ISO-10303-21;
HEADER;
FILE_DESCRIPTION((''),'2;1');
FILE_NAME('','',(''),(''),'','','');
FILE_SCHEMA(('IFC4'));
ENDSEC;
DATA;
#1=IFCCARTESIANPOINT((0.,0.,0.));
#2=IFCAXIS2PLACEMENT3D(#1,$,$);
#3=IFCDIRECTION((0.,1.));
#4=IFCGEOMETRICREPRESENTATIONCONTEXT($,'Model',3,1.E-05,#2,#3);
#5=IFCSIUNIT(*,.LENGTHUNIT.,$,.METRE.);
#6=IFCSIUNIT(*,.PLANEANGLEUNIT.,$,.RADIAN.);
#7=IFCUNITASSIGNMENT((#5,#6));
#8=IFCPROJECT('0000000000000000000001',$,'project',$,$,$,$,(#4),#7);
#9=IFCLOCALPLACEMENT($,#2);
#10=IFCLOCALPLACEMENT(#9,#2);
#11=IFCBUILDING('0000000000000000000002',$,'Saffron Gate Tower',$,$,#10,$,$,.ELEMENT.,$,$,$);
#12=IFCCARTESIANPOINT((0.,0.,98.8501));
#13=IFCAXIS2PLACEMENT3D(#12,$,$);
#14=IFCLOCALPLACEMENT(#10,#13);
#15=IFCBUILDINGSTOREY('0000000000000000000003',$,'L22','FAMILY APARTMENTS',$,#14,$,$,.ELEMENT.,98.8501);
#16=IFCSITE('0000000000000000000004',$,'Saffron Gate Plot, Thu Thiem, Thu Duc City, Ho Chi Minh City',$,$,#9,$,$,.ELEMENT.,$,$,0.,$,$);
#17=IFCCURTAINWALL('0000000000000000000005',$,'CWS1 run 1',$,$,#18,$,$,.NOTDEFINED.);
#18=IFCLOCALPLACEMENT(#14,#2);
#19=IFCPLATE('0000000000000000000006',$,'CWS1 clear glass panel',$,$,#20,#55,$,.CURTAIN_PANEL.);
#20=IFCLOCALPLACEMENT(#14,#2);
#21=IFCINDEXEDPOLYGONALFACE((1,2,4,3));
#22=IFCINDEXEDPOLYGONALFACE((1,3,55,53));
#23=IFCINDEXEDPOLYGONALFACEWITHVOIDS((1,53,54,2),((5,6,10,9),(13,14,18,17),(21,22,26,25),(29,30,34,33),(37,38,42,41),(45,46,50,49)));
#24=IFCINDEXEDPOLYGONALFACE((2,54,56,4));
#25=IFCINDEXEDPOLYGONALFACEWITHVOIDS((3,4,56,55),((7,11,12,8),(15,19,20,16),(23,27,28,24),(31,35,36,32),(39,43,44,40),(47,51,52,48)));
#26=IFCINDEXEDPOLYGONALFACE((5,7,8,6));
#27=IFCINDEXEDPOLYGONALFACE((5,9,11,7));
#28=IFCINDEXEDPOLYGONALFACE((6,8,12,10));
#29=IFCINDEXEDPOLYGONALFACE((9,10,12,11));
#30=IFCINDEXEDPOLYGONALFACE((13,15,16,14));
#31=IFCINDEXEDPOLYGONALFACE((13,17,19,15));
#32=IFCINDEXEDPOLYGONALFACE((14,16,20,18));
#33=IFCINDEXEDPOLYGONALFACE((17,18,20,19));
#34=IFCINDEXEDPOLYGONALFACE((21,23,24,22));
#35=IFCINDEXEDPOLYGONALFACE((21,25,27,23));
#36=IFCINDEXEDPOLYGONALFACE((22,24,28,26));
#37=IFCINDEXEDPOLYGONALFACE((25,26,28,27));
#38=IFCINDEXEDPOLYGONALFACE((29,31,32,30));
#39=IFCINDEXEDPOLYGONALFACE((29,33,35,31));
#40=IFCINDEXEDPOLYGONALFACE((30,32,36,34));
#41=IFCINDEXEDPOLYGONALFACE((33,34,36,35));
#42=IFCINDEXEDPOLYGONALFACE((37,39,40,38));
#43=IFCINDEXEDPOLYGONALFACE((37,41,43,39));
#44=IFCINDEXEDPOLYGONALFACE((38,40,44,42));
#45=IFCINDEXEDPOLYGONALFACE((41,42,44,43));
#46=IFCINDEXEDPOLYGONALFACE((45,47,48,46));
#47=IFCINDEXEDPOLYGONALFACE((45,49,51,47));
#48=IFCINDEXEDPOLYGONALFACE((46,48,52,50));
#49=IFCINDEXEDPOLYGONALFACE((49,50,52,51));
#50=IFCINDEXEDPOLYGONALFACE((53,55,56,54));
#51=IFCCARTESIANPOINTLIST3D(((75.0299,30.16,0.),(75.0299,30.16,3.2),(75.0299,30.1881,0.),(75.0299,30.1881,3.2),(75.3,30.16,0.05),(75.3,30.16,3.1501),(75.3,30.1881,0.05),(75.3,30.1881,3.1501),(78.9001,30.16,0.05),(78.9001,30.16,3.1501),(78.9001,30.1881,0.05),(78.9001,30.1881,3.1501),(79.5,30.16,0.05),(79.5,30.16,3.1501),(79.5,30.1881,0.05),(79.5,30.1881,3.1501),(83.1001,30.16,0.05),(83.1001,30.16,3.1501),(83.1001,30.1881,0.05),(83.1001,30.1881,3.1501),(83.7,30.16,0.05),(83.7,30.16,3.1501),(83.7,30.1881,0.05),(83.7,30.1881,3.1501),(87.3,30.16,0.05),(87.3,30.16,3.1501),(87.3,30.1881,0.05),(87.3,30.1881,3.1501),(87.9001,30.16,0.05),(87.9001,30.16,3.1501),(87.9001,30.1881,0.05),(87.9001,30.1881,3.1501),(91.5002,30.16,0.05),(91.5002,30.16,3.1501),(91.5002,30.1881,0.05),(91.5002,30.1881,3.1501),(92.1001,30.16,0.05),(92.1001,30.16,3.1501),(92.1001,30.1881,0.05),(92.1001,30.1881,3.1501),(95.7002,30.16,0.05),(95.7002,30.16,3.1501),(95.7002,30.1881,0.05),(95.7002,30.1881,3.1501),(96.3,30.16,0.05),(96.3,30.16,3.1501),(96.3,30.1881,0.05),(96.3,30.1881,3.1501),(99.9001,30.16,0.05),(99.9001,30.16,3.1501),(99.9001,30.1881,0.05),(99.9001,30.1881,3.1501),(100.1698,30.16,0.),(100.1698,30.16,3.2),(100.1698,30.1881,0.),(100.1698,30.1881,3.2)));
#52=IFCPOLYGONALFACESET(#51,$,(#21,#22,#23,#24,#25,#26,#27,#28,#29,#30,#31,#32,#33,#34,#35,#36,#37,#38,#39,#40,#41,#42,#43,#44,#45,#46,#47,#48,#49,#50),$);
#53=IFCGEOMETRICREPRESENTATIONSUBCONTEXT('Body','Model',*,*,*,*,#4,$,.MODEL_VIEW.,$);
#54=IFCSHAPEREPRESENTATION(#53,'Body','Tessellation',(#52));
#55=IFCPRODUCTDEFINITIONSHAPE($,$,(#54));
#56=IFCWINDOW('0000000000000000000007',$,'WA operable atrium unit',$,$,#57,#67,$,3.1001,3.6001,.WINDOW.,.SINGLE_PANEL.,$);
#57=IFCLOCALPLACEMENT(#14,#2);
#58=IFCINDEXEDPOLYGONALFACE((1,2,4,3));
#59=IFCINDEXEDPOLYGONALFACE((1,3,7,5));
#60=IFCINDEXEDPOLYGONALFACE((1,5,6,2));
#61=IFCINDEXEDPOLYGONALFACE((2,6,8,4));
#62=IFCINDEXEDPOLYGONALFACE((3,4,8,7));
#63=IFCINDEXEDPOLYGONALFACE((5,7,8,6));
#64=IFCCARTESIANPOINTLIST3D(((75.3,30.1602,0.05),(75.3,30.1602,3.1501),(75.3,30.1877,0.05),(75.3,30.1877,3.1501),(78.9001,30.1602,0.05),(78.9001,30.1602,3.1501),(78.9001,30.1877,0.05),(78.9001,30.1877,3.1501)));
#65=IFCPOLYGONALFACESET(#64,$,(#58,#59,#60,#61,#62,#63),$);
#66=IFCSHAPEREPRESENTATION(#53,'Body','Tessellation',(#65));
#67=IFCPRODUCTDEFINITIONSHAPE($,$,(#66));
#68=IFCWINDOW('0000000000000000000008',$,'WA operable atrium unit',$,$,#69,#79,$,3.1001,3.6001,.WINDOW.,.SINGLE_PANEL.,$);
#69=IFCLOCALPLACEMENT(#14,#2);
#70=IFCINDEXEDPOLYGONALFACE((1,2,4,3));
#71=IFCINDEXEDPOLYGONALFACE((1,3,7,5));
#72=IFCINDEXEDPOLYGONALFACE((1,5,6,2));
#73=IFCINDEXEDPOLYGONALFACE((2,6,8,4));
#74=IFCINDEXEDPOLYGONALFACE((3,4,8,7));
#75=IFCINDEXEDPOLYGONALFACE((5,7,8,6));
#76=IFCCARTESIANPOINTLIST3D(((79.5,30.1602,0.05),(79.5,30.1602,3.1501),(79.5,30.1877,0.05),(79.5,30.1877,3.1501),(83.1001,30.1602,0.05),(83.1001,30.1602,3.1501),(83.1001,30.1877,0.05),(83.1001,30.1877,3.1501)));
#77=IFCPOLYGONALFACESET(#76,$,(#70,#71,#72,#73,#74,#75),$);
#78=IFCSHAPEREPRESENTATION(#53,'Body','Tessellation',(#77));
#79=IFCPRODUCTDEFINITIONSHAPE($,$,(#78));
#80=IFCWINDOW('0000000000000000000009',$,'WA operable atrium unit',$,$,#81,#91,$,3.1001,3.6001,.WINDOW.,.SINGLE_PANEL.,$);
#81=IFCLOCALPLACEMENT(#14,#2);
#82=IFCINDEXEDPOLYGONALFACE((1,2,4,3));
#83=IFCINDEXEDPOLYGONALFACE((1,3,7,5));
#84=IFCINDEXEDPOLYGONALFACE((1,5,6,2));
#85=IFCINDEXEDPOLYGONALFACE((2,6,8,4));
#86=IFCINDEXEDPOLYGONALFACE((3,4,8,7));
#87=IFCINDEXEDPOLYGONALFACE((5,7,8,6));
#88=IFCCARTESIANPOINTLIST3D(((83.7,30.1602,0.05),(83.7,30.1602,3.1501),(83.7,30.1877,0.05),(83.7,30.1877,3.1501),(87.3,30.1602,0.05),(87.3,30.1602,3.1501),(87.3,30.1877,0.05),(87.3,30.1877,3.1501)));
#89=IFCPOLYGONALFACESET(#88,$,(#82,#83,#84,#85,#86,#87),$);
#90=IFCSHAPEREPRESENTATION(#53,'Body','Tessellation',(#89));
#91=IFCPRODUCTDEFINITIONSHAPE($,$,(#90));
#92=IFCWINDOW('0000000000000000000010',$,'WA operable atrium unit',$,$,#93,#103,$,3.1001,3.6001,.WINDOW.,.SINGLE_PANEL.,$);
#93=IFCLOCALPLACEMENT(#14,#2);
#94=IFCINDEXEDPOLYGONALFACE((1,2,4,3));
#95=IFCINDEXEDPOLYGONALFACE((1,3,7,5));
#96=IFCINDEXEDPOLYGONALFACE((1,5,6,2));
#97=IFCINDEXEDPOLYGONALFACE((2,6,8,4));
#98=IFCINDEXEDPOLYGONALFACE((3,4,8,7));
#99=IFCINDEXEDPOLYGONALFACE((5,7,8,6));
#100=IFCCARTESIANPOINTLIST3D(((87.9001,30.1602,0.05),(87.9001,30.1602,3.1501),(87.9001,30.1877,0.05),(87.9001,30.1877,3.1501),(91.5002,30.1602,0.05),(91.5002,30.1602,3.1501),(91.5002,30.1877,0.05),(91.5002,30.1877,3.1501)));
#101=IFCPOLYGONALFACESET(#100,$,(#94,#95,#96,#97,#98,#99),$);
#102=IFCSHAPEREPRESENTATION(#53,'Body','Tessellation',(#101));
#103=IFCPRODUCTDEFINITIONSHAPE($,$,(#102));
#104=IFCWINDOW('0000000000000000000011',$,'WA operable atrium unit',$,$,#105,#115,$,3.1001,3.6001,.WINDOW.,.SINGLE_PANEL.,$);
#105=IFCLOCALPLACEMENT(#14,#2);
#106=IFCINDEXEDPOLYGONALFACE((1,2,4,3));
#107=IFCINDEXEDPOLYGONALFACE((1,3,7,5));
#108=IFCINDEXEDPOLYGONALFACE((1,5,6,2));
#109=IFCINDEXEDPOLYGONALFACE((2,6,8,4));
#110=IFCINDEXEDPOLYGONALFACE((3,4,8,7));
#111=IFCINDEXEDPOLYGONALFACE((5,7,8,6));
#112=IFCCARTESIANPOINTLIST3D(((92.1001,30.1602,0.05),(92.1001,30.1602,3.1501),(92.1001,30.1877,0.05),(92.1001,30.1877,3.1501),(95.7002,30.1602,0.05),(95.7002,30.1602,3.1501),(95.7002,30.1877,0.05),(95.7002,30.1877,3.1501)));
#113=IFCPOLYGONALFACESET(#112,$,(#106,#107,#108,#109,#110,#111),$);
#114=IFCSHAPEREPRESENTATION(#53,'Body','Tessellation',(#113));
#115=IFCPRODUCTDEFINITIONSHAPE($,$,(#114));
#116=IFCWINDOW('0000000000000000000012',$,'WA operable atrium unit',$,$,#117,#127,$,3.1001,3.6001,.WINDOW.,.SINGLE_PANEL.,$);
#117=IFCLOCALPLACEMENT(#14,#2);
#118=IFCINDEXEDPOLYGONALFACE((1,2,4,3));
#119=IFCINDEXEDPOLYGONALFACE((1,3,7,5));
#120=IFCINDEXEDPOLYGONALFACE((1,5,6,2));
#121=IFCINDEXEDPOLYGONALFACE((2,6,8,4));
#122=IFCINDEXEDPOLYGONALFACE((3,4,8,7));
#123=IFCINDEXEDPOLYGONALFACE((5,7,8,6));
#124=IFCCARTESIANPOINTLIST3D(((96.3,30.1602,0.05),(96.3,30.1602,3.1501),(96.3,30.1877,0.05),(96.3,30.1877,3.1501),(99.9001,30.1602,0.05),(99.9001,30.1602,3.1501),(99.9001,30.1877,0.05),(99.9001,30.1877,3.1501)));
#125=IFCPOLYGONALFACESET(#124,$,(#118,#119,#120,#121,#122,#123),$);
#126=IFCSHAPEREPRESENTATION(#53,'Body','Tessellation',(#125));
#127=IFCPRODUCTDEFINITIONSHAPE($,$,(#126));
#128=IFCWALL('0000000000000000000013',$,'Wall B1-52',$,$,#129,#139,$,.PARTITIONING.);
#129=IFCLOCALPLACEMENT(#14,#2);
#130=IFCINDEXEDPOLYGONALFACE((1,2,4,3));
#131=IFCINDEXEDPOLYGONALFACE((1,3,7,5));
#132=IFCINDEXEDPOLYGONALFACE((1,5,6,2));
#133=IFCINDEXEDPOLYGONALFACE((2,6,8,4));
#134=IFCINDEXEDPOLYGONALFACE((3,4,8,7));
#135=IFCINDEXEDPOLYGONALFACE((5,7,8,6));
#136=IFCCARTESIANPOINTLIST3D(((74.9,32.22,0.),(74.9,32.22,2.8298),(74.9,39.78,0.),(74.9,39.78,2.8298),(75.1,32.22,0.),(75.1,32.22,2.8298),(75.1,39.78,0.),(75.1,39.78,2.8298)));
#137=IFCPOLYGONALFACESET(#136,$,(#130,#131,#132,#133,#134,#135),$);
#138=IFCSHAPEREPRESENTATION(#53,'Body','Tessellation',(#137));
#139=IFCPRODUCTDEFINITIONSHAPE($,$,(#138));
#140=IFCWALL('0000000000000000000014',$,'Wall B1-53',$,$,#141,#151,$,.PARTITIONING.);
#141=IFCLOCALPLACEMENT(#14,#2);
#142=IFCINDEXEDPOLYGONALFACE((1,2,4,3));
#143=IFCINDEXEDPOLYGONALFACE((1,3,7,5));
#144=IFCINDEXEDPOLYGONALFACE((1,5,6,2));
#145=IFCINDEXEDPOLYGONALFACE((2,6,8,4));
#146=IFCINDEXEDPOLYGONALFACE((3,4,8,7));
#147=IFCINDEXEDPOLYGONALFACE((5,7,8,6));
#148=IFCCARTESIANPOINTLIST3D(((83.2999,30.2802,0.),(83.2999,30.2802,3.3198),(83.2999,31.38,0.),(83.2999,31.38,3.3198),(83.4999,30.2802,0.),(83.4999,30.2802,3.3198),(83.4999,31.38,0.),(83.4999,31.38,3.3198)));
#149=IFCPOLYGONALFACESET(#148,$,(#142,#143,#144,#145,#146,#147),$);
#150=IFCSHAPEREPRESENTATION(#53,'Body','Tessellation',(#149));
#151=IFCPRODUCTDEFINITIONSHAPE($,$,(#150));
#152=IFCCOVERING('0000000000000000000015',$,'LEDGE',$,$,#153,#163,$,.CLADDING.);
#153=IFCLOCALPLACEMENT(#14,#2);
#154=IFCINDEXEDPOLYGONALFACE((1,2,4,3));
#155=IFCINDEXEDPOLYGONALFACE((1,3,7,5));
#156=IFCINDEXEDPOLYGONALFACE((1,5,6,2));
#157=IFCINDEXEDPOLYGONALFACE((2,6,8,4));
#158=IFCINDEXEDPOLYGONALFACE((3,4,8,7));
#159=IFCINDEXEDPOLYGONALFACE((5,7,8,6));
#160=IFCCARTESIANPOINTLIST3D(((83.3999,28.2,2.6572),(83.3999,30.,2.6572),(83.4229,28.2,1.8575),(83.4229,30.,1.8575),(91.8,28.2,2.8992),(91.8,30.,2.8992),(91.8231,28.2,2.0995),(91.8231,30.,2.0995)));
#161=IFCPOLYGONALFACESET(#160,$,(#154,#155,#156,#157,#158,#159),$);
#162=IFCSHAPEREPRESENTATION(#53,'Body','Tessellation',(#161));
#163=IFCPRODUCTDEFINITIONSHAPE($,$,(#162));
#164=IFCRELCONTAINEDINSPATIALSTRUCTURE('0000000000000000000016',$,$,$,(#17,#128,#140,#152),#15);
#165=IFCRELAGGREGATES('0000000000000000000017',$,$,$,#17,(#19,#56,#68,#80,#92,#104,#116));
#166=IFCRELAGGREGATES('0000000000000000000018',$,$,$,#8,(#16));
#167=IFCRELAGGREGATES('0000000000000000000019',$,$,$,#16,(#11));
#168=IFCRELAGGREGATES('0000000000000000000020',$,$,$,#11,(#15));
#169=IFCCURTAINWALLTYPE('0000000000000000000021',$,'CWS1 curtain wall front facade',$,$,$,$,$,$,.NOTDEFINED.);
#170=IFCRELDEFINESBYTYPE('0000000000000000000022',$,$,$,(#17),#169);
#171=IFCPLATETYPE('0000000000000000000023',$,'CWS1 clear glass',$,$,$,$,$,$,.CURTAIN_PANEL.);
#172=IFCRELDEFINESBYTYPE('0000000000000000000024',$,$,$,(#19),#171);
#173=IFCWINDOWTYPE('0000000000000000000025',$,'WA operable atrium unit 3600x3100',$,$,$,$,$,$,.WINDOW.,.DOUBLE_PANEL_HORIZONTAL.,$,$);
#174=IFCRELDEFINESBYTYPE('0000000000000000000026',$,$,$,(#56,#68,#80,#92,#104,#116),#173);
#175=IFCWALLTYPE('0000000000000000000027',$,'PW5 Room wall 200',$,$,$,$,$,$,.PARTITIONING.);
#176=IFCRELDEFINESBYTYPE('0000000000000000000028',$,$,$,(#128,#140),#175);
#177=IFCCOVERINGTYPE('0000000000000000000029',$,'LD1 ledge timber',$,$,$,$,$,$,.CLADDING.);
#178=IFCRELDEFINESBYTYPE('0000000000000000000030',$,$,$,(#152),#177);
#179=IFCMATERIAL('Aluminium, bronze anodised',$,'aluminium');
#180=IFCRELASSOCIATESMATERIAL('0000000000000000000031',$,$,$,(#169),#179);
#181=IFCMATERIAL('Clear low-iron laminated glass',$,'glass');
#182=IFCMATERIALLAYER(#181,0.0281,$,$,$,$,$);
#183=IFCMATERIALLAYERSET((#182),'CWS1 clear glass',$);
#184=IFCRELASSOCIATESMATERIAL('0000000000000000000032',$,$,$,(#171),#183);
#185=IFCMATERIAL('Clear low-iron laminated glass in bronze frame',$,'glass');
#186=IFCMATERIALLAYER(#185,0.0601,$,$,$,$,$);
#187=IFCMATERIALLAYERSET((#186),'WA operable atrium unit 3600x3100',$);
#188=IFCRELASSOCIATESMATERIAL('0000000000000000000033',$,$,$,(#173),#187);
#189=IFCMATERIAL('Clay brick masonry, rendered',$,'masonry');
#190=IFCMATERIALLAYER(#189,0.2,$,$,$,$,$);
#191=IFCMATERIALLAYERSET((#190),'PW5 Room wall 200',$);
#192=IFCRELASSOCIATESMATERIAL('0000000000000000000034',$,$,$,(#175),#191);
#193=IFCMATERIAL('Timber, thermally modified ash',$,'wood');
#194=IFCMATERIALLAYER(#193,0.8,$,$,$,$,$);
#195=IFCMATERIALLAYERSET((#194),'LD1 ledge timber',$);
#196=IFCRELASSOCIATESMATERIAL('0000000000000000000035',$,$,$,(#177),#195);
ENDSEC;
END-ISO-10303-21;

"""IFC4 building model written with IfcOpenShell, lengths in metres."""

from ifc_helpers import new_model, si_unit, direction, frame, frame_2d, origin, place, context, subcontext, project, spatial, polyline, rectangle, outline, extrude, material, layer, layer_set, type_object, element, fill, aggregate, save


model = new_model("IFC4")

# Units and contexts
model_context = context("Model", 3, precision=1e-05, world=origin(), true_north=direction((0.0, 1.0)))
body_context = subcontext(model_context, "Body", "Model", "MODEL_VIEW")
ifc_project = project(units=[si_unit("LENGTHUNIT", "METRE"), si_unit("PLANEANGLEUNIT", "RADIAN")], contexts=[model_context])

# Site, building, storey
site_placement = place(None, origin())
site = spatial("IfcSite", under=ifc_project, at=site_placement, Name="Saffron Gate Plot, Thu Thiem, Thu Duc City, Ho Chi Minh City", CompositionType="ELEMENT", RefElevation=0.0)
building_placement = place(site_placement, origin())
building = spatial("IfcBuilding", under=site, at=building_placement, Name="Saffron Gate Tower", CompositionType="ELEMENT")
storey_placement = place(building_placement, frame((0.0, 0.0, 98.8501)))
storey = spatial("IfcBuildingStorey", under=building, at=storey_placement, Name="L22", Description="FAMILY APARTMENTS", CompositionType="ELEMENT", Elevation=98.8501)

# Curtain wall, plate, openings, windows
ifc_material_1 = material(Name="Aluminium, bronze anodised", Category="aluminium")
curtain_wall_type = type_object("IfcCurtainWallType", Name="CWS1 curtain wall front facade", PredefinedType="NOTDEFINED", material=ifc_material_1)
curtain_wall_placement = place(storey_placement, origin())
curtain_wall = element("IfcCurtainWall", 1, at=curtain_wall_placement, inside=storey, type_object=curtain_wall_type, Name="CWS1 run 1", PredefinedType="NOTDEFINED")
ifc_material_2 = material(Name="Clear low-iron laminated glass", Category="glass")
ifc_layer_1 = layer(ifc_material_2, 0.0281)
ifc_layer_set_1 = layer_set([ifc_layer_1], Name="CWS1 clear glass")
plate_type = type_object("IfcPlateType", Name="CWS1 clear glass", PredefinedType="CURTAIN_PANEL", material=ifc_layer_set_1)
plate_placement = place(storey_placement, frame((75.03, 30.1741, 0.0), z_axis=(0.0, 0.0, 1.0), x_axis=(1.0, 0.0, 0.0)))
plate = element("IfcPlate", 2, at=plate_placement, type_object=plate_type, Name="CWS1 clear glass panel", PredefinedType="CURTAIN_PANEL", context=body_context, shape_type="SweptSolid", body=[
    extrude(rectangle(XDim=25.1399, YDim=0.0281, at=frame_2d((12.5698, 0.0))), origin(), (0.0, 0.0, 1.0), 3.2),
])
opening_1_placement = place(plate_placement, frame((0.27, 0.0, 0.05)))
opening_1 = element("IfcOpeningElement", 3, at=opening_1_placement, cuts=plate, PredefinedType="OPENING", context=body_context, shape_type="SweptSolid", body=[
    extrude(rectangle(XDim=3.6001, YDim=3.1001, at=frame_2d((1.8, 1.55))), frame((0.0, 0.0239, 0.0), z_axis=(0.0, -1.0, 0.0), x_axis=(1.0, 0.0, 0.0)), (0.0, 0.0, 1.0), 0.0481),
])
opening_2_placement = place(plate_placement, frame((4.47, 0.0, 0.05)))
opening_2 = element("IfcOpeningElement", 4, at=opening_2_placement, cuts=plate, PredefinedType="OPENING", context=body_context, shape_type="SweptSolid", body=[
    extrude(rectangle(XDim=3.6001, YDim=3.1001, at=frame_2d((1.8, 1.55))), frame((0.0, 0.0239, 0.0), z_axis=(0.0, -1.0, 0.0), x_axis=(1.0, 0.0, 0.0)), (0.0, 0.0, 1.0), 0.0481),
])
opening_3_placement = place(plate_placement, frame((8.6699, 0.0, 0.05)))
opening_3 = element("IfcOpeningElement", 5, at=opening_3_placement, cuts=plate, PredefinedType="OPENING", context=body_context, shape_type="SweptSolid", body=[
    extrude(rectangle(XDim=3.6001, YDim=3.1001, at=frame_2d((1.8, 1.55))), frame((0.0, 0.0239, 0.0), z_axis=(0.0, -1.0, 0.0), x_axis=(1.0, 0.0, 0.0)), (0.0, 0.0, 1.0), 0.0481),
])
opening_4_placement = place(plate_placement, frame((12.8701, 0.0, 0.05)))
opening_4 = element("IfcOpeningElement", 6, at=opening_4_placement, cuts=plate, PredefinedType="OPENING", context=body_context, shape_type="SweptSolid", body=[
    extrude(rectangle(XDim=3.6001, YDim=3.1001, at=frame_2d((1.8, 1.55))), frame((0.0, 0.0239, 0.0), z_axis=(0.0, -1.0, 0.0), x_axis=(1.0, 0.0, 0.0)), (0.0, 0.0, 1.0), 0.0481),
])
opening_5_placement = place(plate_placement, frame((17.0701, 0.0, 0.05)))
opening_5 = element("IfcOpeningElement", 7, at=opening_5_placement, cuts=plate, PredefinedType="OPENING", context=body_context, shape_type="SweptSolid", body=[
    extrude(rectangle(XDim=3.6001, YDim=3.1001, at=frame_2d((1.8, 1.55))), frame((0.0, 0.0239, 0.0), z_axis=(0.0, -1.0, 0.0), x_axis=(1.0, 0.0, 0.0)), (0.0, 0.0, 1.0), 0.0481),
])
opening_6_placement = place(plate_placement, frame((21.27, 0.0, 0.05)))
opening_6 = element("IfcOpeningElement", 8, at=opening_6_placement, cuts=plate, PredefinedType="OPENING", context=body_context, shape_type="SweptSolid", body=[
    extrude(rectangle(XDim=3.6001, YDim=3.1001, at=frame_2d((1.8, 1.55))), frame((0.0, 0.0239, 0.0), z_axis=(0.0, -1.0, 0.0), x_axis=(1.0, 0.0, 0.0)), (0.0, 0.0, 1.0), 0.0481),
])
ifc_material_3 = material(Name="Clear low-iron laminated glass in bronze frame", Category="glass")
ifc_layer_2 = layer(ifc_material_3, 0.0601)
ifc_layer_set_2 = layer_set([ifc_layer_2], Name="WA operable atrium unit 3600x3100")
window_type = type_object("IfcWindowType", Name="WA operable atrium unit 3600x3100", PartitioningType="DOUBLE_PANEL_HORIZONTAL", PredefinedType="WINDOW", material=ifc_layer_set_2)
window_1_placement = place(opening_1_placement, origin())
window_1 = element("IfcWindow", 9, at=window_1_placement, type_object=window_type, Name="WA operable atrium unit", OverallHeight=3.1001, OverallWidth=3.6001, PartitioningType="SINGLE_PANEL", PredefinedType="WINDOW", context=body_context, shape_type="SweptSolid", body=[
    extrude(rectangle(XDim=3.6001, YDim=3.1001, at=frame_2d((1.8, 1.55))), frame((0.0, 0.0137, 0.0), z_axis=(0.0, -1.0, 0.0), x_axis=(1.0, 0.0, 0.0)), (0.0, 0.0, 1.0), 0.0276),
])
fill(opening_1, window_1)
window_2_placement = place(opening_2_placement, origin())
window_2 = element("IfcWindow", 10, at=window_2_placement, type_object=window_type, Name="WA operable atrium unit", OverallHeight=3.1001, OverallWidth=3.6001, PartitioningType="SINGLE_PANEL", PredefinedType="WINDOW", context=body_context, shape_type="SweptSolid", body=[
    extrude(rectangle(XDim=3.6001, YDim=3.1001, at=frame_2d((1.8, 1.55))), frame((0.0, 0.0137, 0.0), z_axis=(0.0, -1.0, 0.0), x_axis=(1.0, 0.0, 0.0)), (0.0, 0.0, 1.0), 0.0276),
])
fill(opening_2, window_2)
window_3_placement = place(opening_3_placement, origin())
window_3 = element("IfcWindow", 11, at=window_3_placement, type_object=window_type, Name="WA operable atrium unit", OverallHeight=3.1001, OverallWidth=3.6001, PartitioningType="SINGLE_PANEL", PredefinedType="WINDOW", context=body_context, shape_type="SweptSolid", body=[
    extrude(rectangle(XDim=3.6001, YDim=3.1001, at=frame_2d((1.8, 1.55))), frame((0.0, 0.0137, 0.0), z_axis=(0.0, -1.0, 0.0), x_axis=(1.0, 0.0, 0.0)), (0.0, 0.0, 1.0), 0.0276),
])
fill(opening_3, window_3)
window_4_placement = place(opening_4_placement, origin())
window_4 = element("IfcWindow", 12, at=window_4_placement, type_object=window_type, Name="WA operable atrium unit", OverallHeight=3.1001, OverallWidth=3.6001, PartitioningType="SINGLE_PANEL", PredefinedType="WINDOW", context=body_context, shape_type="SweptSolid", body=[
    extrude(rectangle(XDim=3.6001, YDim=3.1001, at=frame_2d((1.8, 1.55))), frame((0.0, 0.0137, 0.0), z_axis=(0.0, -1.0, 0.0), x_axis=(1.0, 0.0, 0.0)), (0.0, 0.0, 1.0), 0.0276),
])
fill(opening_4, window_4)
window_5_placement = place(opening_5_placement, origin())
window_5 = element("IfcWindow", 13, at=window_5_placement, type_object=window_type, Name="WA operable atrium unit", OverallHeight=3.1001, OverallWidth=3.6001, PartitioningType="SINGLE_PANEL", PredefinedType="WINDOW", context=body_context, shape_type="SweptSolid", body=[
    extrude(rectangle(XDim=3.6001, YDim=3.1001, at=frame_2d((1.8, 1.55))), frame((0.0, 0.0137, 0.0), z_axis=(0.0, -1.0, 0.0), x_axis=(1.0, 0.0, 0.0)), (0.0, 0.0, 1.0), 0.0276),
])
fill(opening_5, window_5)
window_6_placement = place(opening_6_placement, origin())
window_6 = element("IfcWindow", 14, at=window_6_placement, type_object=window_type, Name="WA operable atrium unit", OverallHeight=3.1001, OverallWidth=3.6001, PartitioningType="SINGLE_PANEL", PredefinedType="WINDOW", context=body_context, shape_type="SweptSolid", body=[
    extrude(rectangle(XDim=3.6001, YDim=3.1001, at=frame_2d((1.8, 1.55))), frame((0.0, 0.0137, 0.0), z_axis=(0.0, -1.0, 0.0), x_axis=(1.0, 0.0, 0.0)), (0.0, 0.0, 1.0), 0.0276),
])
fill(opening_6, window_6)
aggregate(curtain_wall, [plate, window_1, window_2, window_3, window_4, window_5, window_6])

# Walls
ifc_material_4 = material(Name="Clay brick masonry, rendered", Category="masonry")
ifc_layer_3 = layer(ifc_material_4, 0.2)
ifc_layer_set_3 = layer_set([ifc_layer_3], Name="PW5 Room wall 200")
wall_type = type_object("IfcWallType", Name="PW5 Room wall 200", PredefinedType="PARTITIONING", material=ifc_layer_set_3)
wall_1_placement = place(storey_placement, frame((75.0, 39.78, 0.0), z_axis=(0.0, 0.0, 1.0), x_axis=(0.0, -1.0, 0.0)))
element("IfcWall", 15, at=wall_1_placement, inside=storey, type_object=wall_type, Name="Wall B1-52", PredefinedType="PARTITIONING", context=body_context, shape_type="SweptSolid", body=[
    extrude(rectangle(XDim=7.5601, YDim=0.2, at=frame_2d((3.78, 0.0))), origin(), (0.0, 0.0, 1.0), 2.8298),
])
wall_2_placement = place(storey_placement, frame((83.3999, 31.3799, 0.0), z_axis=(0.0, 0.0, 1.0), x_axis=(0.0, -1.0, 0.0)))
element("IfcWall", 16, at=wall_2_placement, inside=storey, type_object=wall_type, Name="Wall B1-53", PredefinedType="PARTITIONING", context=body_context, shape_type="SweptSolid", body=[
    extrude(rectangle(XDim=1.0999, YDim=0.2, at=frame_2d((0.5498, 0.0))), origin(), (0.0, 0.0, 1.0), 3.3198),
])

# Covering
ifc_material_5 = material(Name="Timber, thermally modified ash", Category="wood")
ifc_layer_4 = layer(ifc_material_5, 0.8)
ifc_layer_set_4 = layer_set([ifc_layer_4], Name="LD1 ledge timber")
covering_type_1 = type_object("IfcCoveringType", Name="LD1 ledge timber", PredefinedType="CLADDING", material=ifc_layer_set_4)
covering_1_placement = place(storey_placement, frame((83.3999, 30.0, 2.6572), z_axis=(-0.02879, 0.0, 0.999585), x_axis=(0.999585, 0.0, 0.02879)))
element("IfcCovering", 17, at=covering_1_placement, inside=storey, type_object=covering_type_1, Name="LEDGE", PredefinedType="CLADDING", context=body_context, shape_type="SweptSolid", body=[
    extrude(outline(polyline([(0.0, 0.0), (8.4036, 0.0), (8.4036, -1.8), (0.0, -1.8), (0.0, 0.0)])), origin(), (0.0, 0.0, -1.0), 0.8),
])

save(model, "model.ifc")
